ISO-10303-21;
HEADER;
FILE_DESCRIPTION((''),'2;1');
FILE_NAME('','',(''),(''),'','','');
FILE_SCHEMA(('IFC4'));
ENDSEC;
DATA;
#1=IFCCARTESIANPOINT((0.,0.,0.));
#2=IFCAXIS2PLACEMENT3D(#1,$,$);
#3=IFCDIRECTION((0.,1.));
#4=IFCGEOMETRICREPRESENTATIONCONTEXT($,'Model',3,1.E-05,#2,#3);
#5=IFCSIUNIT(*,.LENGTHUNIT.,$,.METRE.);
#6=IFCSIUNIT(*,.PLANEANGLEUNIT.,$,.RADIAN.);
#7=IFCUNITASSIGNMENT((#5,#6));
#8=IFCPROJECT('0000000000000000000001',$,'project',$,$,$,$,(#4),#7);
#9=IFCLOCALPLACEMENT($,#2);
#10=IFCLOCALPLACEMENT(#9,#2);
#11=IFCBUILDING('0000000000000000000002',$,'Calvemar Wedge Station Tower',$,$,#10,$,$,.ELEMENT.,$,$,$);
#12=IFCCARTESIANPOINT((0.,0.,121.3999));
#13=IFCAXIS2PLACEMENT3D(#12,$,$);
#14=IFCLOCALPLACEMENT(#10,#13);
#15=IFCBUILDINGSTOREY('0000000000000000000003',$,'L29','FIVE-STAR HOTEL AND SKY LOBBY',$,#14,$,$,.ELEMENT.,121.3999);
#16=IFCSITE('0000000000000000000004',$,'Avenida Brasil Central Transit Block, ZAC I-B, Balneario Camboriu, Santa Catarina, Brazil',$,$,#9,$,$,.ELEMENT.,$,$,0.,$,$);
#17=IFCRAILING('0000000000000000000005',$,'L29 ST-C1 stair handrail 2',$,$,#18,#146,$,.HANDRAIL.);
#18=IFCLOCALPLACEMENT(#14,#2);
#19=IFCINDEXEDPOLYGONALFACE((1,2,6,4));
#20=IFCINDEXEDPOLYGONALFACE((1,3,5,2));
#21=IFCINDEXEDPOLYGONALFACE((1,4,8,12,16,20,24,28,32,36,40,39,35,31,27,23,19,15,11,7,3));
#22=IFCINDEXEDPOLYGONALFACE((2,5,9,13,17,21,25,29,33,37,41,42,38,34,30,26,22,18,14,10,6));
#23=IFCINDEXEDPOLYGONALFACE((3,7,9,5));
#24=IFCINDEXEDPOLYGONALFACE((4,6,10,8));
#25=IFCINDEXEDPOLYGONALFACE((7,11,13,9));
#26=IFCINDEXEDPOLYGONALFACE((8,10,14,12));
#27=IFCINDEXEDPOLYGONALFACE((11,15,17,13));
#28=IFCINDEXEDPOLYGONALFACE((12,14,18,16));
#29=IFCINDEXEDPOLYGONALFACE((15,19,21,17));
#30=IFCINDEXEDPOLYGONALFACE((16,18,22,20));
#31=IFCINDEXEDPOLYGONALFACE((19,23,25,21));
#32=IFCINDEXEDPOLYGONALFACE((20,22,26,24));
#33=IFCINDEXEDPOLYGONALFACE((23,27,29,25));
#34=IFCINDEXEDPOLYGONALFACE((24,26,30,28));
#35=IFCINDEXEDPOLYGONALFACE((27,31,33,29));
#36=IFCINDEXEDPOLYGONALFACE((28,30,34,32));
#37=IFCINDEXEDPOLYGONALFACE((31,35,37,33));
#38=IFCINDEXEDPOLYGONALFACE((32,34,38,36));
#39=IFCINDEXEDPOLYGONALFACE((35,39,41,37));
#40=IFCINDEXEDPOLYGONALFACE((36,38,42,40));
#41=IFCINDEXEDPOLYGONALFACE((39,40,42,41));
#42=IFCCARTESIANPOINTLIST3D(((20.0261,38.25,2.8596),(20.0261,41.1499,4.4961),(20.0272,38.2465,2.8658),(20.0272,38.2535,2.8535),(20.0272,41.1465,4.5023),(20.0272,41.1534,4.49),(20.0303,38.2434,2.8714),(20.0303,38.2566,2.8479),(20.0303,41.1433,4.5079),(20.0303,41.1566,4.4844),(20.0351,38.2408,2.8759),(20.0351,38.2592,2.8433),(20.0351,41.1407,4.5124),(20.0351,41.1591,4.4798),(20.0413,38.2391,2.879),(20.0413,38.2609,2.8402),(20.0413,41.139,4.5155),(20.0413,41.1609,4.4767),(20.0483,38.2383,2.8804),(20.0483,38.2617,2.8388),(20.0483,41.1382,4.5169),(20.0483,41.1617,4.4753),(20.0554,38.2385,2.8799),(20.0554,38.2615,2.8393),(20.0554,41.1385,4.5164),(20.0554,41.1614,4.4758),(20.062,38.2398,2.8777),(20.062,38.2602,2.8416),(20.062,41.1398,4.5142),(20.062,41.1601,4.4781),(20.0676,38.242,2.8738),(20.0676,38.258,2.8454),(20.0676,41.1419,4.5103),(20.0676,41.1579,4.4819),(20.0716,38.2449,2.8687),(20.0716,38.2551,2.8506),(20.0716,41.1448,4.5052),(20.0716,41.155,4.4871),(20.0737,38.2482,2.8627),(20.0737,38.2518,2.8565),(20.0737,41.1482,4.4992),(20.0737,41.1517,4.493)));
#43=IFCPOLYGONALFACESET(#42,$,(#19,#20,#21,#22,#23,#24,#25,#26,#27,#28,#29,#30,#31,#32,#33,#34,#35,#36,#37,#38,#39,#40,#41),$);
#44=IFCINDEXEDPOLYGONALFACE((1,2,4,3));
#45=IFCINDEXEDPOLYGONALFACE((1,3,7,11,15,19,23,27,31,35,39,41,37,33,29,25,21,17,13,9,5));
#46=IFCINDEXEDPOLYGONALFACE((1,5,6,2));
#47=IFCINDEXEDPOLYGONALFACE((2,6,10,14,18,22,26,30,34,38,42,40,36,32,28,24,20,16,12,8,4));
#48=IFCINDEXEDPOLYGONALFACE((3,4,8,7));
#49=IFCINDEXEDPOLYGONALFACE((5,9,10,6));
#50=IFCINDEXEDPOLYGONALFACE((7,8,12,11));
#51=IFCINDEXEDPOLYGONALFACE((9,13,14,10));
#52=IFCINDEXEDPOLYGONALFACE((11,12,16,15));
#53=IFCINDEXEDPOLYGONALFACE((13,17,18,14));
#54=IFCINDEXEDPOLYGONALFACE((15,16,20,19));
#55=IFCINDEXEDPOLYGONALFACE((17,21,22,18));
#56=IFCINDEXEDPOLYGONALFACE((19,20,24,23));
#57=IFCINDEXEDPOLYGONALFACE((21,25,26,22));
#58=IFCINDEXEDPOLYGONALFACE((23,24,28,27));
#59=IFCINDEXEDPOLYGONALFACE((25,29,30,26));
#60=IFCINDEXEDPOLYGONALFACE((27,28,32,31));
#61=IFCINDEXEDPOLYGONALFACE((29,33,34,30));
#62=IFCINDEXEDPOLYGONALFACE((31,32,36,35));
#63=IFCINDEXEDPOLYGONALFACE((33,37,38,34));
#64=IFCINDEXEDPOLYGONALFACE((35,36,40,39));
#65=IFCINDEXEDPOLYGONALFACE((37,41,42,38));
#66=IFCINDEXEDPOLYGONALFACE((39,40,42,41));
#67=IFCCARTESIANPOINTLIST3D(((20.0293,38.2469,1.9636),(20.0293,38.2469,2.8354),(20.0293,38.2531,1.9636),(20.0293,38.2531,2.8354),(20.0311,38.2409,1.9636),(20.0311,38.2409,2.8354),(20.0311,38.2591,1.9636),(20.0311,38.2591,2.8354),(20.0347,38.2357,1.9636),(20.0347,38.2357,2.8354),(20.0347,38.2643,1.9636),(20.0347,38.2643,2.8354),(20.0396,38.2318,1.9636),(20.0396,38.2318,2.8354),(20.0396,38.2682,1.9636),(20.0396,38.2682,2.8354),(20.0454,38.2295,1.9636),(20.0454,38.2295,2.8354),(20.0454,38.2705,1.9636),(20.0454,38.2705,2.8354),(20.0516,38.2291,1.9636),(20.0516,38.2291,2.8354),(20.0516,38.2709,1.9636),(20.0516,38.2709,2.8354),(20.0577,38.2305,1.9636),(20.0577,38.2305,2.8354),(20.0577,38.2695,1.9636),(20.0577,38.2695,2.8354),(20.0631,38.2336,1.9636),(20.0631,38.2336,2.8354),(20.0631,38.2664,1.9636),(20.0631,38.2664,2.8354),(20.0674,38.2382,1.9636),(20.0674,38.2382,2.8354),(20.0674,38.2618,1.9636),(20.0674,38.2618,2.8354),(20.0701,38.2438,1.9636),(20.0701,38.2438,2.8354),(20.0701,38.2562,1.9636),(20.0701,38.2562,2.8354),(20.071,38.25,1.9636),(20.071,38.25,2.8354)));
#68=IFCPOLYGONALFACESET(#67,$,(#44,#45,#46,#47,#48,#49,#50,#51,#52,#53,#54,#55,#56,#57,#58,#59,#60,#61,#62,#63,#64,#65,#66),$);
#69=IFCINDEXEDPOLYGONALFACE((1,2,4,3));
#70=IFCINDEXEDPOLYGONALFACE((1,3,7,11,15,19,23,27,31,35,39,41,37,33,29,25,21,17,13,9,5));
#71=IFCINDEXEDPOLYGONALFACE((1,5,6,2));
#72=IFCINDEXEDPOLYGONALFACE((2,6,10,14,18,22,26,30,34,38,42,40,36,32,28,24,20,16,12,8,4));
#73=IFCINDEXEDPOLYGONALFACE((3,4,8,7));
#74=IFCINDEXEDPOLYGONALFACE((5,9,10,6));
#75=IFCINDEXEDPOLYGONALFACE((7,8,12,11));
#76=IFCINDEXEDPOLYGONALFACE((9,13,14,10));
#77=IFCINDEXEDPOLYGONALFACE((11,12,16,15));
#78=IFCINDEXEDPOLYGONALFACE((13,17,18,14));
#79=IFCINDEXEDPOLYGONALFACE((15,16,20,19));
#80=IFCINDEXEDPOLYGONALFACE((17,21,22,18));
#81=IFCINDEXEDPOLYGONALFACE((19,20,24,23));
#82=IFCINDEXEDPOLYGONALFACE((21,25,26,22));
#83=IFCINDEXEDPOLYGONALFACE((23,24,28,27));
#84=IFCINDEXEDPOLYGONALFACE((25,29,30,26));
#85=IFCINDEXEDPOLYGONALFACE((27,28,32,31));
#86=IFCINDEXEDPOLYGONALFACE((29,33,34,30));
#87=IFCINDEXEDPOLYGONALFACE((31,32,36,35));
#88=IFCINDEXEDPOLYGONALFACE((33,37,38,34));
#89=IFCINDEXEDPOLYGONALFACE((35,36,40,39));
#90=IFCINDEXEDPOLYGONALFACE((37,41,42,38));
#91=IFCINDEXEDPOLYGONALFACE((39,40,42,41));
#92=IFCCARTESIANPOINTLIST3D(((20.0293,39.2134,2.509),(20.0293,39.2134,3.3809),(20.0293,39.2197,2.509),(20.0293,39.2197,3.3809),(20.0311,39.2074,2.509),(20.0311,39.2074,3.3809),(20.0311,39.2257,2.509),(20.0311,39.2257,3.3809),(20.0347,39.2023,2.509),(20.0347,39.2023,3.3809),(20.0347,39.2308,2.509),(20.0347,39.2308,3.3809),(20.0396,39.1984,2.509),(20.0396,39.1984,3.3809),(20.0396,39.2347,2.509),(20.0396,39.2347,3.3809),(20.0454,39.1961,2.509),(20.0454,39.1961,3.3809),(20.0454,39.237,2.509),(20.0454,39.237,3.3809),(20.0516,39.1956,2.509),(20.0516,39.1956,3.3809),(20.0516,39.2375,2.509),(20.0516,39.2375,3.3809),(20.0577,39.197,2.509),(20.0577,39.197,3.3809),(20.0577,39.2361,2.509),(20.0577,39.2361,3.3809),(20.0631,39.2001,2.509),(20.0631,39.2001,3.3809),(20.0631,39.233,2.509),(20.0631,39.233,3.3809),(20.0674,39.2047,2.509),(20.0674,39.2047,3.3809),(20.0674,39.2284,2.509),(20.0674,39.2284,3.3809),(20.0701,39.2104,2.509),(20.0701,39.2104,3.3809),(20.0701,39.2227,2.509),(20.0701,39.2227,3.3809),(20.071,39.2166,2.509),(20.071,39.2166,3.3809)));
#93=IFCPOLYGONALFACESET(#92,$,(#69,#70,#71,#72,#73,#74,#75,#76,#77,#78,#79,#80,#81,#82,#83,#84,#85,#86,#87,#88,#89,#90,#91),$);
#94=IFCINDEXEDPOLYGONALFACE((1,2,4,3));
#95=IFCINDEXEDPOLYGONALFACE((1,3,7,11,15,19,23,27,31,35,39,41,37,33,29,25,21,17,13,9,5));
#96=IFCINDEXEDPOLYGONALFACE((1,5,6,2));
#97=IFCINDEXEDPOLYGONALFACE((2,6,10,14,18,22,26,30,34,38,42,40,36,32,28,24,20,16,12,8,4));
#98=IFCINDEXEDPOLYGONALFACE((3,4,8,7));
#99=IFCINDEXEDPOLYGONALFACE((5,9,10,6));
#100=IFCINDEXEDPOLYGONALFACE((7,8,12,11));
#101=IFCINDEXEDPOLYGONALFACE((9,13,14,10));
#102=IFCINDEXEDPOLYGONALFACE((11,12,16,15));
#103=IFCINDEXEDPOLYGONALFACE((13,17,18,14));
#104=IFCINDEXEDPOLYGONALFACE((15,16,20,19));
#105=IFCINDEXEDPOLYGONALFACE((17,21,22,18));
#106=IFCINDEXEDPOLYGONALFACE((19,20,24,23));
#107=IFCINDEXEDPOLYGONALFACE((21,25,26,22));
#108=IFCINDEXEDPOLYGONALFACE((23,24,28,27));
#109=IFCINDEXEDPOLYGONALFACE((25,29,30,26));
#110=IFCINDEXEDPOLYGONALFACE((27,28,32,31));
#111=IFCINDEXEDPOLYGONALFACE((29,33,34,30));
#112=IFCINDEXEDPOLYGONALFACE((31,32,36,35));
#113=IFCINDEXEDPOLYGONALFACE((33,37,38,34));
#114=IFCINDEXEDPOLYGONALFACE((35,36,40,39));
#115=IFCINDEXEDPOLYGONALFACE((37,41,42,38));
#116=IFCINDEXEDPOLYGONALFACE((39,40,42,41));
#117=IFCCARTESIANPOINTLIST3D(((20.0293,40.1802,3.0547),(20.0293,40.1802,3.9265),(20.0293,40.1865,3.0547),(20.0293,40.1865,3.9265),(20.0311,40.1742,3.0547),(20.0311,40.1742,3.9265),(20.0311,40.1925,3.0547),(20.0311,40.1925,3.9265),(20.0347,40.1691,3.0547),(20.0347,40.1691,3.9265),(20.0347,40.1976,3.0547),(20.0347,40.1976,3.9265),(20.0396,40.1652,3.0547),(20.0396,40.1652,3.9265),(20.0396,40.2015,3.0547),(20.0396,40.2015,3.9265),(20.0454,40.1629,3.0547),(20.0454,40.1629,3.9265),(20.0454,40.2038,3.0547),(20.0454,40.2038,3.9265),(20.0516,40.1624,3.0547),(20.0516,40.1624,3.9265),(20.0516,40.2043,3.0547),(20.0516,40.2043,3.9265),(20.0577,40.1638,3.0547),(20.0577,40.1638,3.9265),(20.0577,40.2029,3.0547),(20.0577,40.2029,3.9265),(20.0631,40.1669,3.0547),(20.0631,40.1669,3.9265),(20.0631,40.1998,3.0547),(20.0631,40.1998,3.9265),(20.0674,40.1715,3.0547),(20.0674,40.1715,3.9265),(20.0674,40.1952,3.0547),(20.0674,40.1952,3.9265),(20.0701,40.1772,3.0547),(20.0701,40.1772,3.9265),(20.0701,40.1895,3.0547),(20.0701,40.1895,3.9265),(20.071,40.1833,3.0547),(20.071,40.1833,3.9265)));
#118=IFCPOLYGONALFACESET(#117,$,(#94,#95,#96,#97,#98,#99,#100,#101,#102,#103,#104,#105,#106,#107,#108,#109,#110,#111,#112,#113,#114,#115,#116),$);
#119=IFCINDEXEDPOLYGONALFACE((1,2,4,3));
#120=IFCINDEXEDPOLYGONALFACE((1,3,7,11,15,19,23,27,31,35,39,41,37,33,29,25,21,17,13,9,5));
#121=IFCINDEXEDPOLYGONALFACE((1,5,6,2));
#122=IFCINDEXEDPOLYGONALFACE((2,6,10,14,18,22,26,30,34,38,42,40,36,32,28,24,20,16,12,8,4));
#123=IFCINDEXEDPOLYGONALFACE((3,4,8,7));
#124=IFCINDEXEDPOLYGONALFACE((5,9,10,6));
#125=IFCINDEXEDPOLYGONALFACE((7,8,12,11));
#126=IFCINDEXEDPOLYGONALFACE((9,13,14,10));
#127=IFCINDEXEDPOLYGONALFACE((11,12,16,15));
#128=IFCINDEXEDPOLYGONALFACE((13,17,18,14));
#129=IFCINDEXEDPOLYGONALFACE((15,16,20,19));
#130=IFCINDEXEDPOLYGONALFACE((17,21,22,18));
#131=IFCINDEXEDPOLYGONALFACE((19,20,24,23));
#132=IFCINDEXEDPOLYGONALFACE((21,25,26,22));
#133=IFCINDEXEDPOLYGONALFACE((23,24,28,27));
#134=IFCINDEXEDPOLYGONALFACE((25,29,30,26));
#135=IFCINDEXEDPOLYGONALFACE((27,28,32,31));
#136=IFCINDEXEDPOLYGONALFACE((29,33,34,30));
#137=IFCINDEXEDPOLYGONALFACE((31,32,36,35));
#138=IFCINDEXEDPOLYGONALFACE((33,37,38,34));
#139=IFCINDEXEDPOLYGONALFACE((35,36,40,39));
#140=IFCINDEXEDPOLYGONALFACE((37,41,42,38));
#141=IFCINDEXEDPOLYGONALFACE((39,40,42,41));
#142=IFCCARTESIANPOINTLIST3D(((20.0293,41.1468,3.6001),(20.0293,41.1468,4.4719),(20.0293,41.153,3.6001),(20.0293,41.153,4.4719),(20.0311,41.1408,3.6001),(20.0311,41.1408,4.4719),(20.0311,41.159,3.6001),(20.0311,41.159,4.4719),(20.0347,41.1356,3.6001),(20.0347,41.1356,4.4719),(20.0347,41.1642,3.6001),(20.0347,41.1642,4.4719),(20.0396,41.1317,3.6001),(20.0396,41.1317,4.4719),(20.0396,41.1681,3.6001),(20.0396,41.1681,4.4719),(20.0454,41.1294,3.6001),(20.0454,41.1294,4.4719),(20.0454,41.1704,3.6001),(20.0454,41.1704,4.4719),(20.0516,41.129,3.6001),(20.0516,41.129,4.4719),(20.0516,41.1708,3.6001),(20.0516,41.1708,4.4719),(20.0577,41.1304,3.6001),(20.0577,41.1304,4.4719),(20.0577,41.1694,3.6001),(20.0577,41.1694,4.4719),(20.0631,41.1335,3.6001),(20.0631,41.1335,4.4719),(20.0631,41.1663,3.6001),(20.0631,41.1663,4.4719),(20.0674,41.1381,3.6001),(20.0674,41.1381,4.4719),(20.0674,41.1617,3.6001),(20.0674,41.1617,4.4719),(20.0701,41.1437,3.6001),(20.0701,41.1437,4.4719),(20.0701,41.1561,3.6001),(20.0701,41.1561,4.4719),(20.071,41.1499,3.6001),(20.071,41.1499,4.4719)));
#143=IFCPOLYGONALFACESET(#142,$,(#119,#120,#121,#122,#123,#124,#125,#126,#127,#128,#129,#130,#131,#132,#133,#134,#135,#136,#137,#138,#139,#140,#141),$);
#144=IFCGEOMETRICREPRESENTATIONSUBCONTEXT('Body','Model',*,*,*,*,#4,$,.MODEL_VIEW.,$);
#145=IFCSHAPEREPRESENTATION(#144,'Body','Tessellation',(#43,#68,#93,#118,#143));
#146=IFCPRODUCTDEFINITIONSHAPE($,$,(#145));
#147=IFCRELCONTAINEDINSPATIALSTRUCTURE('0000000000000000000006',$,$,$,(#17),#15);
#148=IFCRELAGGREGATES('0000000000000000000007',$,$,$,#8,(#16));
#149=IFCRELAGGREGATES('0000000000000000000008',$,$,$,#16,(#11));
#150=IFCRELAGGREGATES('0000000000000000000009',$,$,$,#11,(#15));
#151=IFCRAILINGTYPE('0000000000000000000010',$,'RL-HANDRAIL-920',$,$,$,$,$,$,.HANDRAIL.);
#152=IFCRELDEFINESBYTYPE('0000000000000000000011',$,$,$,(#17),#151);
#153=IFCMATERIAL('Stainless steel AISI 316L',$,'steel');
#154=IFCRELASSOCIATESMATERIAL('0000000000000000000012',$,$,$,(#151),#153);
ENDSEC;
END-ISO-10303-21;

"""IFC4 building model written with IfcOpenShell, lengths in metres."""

from ifc_helpers import new_model, si_unit, direction, frame, origin, origin_2d, place, context, subcontext, project, spatial, circle, extrude, material, type_object, element, save


model = new_model("IFC4")

# Units and contexts
model_context = context("Model", 3, precision=1e-05, world=origin(), true_north=direction((0.0, 1.0)))
body_context = subcontext(model_context, "Body", "Model", "MODEL_VIEW")
ifc_project = project(units=[si_unit("LENGTHUNIT", "METRE"), si_unit("PLANEANGLEUNIT", "RADIAN")], contexts=[model_context])

# Site, building, storey
site_placement = place(None, origin())
site = spatial("IfcSite", under=ifc_project, at=site_placement, Name="Avenida Brasil Central Transit Block, ZAC I-B, Balneario Camboriu, Santa Catarina, Brazil", CompositionType="ELEMENT", RefElevation=0.0)
building_placement = place(site_placement, origin())
building = spatial("IfcBuilding", under=site, at=building_placement, Name="Calvemar Wedge Station Tower", CompositionType="ELEMENT")
storey_placement = place(building_placement, frame((0.0, 0.0, 121.3999)))
storey = spatial("IfcBuildingStorey", under=building, at=storey_placement, Name="L29", Description="FIVE-STAR HOTEL AND SKY LOBBY", CompositionType="ELEMENT", Elevation=121.3999)

# Railing
ifc_material_1 = material(Name="Stainless steel AISI 316L", Category="steel")
railing_type_1 = type_object("IfcRailingType", Name="RL-HANDRAIL-920", PredefinedType="HANDRAIL", material=ifc_material_1)
railing_1_placement = place(storey_placement, frame((20.05, 38.25, 1.9636)))
element("IfcRailing", 1, at=railing_1_placement, inside=storey, type_object=railing_type_1, Name="L29 ST-C1 stair handrail 2", PredefinedType="HANDRAIL", context=body_context, shape_type="SweptSolid", body=[
    extrude(circle(Radius=0.0239, at=origin_2d()), frame((0.0, 0.0, 0.896), z_axis=(0.0, 0.870897, 0.491465), x_axis=(-1.0, 0.0, 0.0)), (0.0, 0.0, 1.0), 3.3298),
    extrude(circle(Radius=0.021, at=origin_2d()), origin(), (0.0, 0.0, 1.0), 0.8718),
    extrude(circle(Radius=0.021, at=origin_2d()), frame((0.0, 0.9666, 0.5454)), (0.0, 0.0, 1.0), 0.8718),
    extrude(circle(Radius=0.021, at=origin_2d()), frame((0.0, 1.9333, 1.0911)), (0.0, 0.0, 1.0), 0.8718),
    extrude(circle(Radius=0.021, at=origin_2d()), frame((0.0, 2.8999, 1.6365)), (0.0, 0.0, 1.0), 0.8718),
])

save(model, "model.ifc")
